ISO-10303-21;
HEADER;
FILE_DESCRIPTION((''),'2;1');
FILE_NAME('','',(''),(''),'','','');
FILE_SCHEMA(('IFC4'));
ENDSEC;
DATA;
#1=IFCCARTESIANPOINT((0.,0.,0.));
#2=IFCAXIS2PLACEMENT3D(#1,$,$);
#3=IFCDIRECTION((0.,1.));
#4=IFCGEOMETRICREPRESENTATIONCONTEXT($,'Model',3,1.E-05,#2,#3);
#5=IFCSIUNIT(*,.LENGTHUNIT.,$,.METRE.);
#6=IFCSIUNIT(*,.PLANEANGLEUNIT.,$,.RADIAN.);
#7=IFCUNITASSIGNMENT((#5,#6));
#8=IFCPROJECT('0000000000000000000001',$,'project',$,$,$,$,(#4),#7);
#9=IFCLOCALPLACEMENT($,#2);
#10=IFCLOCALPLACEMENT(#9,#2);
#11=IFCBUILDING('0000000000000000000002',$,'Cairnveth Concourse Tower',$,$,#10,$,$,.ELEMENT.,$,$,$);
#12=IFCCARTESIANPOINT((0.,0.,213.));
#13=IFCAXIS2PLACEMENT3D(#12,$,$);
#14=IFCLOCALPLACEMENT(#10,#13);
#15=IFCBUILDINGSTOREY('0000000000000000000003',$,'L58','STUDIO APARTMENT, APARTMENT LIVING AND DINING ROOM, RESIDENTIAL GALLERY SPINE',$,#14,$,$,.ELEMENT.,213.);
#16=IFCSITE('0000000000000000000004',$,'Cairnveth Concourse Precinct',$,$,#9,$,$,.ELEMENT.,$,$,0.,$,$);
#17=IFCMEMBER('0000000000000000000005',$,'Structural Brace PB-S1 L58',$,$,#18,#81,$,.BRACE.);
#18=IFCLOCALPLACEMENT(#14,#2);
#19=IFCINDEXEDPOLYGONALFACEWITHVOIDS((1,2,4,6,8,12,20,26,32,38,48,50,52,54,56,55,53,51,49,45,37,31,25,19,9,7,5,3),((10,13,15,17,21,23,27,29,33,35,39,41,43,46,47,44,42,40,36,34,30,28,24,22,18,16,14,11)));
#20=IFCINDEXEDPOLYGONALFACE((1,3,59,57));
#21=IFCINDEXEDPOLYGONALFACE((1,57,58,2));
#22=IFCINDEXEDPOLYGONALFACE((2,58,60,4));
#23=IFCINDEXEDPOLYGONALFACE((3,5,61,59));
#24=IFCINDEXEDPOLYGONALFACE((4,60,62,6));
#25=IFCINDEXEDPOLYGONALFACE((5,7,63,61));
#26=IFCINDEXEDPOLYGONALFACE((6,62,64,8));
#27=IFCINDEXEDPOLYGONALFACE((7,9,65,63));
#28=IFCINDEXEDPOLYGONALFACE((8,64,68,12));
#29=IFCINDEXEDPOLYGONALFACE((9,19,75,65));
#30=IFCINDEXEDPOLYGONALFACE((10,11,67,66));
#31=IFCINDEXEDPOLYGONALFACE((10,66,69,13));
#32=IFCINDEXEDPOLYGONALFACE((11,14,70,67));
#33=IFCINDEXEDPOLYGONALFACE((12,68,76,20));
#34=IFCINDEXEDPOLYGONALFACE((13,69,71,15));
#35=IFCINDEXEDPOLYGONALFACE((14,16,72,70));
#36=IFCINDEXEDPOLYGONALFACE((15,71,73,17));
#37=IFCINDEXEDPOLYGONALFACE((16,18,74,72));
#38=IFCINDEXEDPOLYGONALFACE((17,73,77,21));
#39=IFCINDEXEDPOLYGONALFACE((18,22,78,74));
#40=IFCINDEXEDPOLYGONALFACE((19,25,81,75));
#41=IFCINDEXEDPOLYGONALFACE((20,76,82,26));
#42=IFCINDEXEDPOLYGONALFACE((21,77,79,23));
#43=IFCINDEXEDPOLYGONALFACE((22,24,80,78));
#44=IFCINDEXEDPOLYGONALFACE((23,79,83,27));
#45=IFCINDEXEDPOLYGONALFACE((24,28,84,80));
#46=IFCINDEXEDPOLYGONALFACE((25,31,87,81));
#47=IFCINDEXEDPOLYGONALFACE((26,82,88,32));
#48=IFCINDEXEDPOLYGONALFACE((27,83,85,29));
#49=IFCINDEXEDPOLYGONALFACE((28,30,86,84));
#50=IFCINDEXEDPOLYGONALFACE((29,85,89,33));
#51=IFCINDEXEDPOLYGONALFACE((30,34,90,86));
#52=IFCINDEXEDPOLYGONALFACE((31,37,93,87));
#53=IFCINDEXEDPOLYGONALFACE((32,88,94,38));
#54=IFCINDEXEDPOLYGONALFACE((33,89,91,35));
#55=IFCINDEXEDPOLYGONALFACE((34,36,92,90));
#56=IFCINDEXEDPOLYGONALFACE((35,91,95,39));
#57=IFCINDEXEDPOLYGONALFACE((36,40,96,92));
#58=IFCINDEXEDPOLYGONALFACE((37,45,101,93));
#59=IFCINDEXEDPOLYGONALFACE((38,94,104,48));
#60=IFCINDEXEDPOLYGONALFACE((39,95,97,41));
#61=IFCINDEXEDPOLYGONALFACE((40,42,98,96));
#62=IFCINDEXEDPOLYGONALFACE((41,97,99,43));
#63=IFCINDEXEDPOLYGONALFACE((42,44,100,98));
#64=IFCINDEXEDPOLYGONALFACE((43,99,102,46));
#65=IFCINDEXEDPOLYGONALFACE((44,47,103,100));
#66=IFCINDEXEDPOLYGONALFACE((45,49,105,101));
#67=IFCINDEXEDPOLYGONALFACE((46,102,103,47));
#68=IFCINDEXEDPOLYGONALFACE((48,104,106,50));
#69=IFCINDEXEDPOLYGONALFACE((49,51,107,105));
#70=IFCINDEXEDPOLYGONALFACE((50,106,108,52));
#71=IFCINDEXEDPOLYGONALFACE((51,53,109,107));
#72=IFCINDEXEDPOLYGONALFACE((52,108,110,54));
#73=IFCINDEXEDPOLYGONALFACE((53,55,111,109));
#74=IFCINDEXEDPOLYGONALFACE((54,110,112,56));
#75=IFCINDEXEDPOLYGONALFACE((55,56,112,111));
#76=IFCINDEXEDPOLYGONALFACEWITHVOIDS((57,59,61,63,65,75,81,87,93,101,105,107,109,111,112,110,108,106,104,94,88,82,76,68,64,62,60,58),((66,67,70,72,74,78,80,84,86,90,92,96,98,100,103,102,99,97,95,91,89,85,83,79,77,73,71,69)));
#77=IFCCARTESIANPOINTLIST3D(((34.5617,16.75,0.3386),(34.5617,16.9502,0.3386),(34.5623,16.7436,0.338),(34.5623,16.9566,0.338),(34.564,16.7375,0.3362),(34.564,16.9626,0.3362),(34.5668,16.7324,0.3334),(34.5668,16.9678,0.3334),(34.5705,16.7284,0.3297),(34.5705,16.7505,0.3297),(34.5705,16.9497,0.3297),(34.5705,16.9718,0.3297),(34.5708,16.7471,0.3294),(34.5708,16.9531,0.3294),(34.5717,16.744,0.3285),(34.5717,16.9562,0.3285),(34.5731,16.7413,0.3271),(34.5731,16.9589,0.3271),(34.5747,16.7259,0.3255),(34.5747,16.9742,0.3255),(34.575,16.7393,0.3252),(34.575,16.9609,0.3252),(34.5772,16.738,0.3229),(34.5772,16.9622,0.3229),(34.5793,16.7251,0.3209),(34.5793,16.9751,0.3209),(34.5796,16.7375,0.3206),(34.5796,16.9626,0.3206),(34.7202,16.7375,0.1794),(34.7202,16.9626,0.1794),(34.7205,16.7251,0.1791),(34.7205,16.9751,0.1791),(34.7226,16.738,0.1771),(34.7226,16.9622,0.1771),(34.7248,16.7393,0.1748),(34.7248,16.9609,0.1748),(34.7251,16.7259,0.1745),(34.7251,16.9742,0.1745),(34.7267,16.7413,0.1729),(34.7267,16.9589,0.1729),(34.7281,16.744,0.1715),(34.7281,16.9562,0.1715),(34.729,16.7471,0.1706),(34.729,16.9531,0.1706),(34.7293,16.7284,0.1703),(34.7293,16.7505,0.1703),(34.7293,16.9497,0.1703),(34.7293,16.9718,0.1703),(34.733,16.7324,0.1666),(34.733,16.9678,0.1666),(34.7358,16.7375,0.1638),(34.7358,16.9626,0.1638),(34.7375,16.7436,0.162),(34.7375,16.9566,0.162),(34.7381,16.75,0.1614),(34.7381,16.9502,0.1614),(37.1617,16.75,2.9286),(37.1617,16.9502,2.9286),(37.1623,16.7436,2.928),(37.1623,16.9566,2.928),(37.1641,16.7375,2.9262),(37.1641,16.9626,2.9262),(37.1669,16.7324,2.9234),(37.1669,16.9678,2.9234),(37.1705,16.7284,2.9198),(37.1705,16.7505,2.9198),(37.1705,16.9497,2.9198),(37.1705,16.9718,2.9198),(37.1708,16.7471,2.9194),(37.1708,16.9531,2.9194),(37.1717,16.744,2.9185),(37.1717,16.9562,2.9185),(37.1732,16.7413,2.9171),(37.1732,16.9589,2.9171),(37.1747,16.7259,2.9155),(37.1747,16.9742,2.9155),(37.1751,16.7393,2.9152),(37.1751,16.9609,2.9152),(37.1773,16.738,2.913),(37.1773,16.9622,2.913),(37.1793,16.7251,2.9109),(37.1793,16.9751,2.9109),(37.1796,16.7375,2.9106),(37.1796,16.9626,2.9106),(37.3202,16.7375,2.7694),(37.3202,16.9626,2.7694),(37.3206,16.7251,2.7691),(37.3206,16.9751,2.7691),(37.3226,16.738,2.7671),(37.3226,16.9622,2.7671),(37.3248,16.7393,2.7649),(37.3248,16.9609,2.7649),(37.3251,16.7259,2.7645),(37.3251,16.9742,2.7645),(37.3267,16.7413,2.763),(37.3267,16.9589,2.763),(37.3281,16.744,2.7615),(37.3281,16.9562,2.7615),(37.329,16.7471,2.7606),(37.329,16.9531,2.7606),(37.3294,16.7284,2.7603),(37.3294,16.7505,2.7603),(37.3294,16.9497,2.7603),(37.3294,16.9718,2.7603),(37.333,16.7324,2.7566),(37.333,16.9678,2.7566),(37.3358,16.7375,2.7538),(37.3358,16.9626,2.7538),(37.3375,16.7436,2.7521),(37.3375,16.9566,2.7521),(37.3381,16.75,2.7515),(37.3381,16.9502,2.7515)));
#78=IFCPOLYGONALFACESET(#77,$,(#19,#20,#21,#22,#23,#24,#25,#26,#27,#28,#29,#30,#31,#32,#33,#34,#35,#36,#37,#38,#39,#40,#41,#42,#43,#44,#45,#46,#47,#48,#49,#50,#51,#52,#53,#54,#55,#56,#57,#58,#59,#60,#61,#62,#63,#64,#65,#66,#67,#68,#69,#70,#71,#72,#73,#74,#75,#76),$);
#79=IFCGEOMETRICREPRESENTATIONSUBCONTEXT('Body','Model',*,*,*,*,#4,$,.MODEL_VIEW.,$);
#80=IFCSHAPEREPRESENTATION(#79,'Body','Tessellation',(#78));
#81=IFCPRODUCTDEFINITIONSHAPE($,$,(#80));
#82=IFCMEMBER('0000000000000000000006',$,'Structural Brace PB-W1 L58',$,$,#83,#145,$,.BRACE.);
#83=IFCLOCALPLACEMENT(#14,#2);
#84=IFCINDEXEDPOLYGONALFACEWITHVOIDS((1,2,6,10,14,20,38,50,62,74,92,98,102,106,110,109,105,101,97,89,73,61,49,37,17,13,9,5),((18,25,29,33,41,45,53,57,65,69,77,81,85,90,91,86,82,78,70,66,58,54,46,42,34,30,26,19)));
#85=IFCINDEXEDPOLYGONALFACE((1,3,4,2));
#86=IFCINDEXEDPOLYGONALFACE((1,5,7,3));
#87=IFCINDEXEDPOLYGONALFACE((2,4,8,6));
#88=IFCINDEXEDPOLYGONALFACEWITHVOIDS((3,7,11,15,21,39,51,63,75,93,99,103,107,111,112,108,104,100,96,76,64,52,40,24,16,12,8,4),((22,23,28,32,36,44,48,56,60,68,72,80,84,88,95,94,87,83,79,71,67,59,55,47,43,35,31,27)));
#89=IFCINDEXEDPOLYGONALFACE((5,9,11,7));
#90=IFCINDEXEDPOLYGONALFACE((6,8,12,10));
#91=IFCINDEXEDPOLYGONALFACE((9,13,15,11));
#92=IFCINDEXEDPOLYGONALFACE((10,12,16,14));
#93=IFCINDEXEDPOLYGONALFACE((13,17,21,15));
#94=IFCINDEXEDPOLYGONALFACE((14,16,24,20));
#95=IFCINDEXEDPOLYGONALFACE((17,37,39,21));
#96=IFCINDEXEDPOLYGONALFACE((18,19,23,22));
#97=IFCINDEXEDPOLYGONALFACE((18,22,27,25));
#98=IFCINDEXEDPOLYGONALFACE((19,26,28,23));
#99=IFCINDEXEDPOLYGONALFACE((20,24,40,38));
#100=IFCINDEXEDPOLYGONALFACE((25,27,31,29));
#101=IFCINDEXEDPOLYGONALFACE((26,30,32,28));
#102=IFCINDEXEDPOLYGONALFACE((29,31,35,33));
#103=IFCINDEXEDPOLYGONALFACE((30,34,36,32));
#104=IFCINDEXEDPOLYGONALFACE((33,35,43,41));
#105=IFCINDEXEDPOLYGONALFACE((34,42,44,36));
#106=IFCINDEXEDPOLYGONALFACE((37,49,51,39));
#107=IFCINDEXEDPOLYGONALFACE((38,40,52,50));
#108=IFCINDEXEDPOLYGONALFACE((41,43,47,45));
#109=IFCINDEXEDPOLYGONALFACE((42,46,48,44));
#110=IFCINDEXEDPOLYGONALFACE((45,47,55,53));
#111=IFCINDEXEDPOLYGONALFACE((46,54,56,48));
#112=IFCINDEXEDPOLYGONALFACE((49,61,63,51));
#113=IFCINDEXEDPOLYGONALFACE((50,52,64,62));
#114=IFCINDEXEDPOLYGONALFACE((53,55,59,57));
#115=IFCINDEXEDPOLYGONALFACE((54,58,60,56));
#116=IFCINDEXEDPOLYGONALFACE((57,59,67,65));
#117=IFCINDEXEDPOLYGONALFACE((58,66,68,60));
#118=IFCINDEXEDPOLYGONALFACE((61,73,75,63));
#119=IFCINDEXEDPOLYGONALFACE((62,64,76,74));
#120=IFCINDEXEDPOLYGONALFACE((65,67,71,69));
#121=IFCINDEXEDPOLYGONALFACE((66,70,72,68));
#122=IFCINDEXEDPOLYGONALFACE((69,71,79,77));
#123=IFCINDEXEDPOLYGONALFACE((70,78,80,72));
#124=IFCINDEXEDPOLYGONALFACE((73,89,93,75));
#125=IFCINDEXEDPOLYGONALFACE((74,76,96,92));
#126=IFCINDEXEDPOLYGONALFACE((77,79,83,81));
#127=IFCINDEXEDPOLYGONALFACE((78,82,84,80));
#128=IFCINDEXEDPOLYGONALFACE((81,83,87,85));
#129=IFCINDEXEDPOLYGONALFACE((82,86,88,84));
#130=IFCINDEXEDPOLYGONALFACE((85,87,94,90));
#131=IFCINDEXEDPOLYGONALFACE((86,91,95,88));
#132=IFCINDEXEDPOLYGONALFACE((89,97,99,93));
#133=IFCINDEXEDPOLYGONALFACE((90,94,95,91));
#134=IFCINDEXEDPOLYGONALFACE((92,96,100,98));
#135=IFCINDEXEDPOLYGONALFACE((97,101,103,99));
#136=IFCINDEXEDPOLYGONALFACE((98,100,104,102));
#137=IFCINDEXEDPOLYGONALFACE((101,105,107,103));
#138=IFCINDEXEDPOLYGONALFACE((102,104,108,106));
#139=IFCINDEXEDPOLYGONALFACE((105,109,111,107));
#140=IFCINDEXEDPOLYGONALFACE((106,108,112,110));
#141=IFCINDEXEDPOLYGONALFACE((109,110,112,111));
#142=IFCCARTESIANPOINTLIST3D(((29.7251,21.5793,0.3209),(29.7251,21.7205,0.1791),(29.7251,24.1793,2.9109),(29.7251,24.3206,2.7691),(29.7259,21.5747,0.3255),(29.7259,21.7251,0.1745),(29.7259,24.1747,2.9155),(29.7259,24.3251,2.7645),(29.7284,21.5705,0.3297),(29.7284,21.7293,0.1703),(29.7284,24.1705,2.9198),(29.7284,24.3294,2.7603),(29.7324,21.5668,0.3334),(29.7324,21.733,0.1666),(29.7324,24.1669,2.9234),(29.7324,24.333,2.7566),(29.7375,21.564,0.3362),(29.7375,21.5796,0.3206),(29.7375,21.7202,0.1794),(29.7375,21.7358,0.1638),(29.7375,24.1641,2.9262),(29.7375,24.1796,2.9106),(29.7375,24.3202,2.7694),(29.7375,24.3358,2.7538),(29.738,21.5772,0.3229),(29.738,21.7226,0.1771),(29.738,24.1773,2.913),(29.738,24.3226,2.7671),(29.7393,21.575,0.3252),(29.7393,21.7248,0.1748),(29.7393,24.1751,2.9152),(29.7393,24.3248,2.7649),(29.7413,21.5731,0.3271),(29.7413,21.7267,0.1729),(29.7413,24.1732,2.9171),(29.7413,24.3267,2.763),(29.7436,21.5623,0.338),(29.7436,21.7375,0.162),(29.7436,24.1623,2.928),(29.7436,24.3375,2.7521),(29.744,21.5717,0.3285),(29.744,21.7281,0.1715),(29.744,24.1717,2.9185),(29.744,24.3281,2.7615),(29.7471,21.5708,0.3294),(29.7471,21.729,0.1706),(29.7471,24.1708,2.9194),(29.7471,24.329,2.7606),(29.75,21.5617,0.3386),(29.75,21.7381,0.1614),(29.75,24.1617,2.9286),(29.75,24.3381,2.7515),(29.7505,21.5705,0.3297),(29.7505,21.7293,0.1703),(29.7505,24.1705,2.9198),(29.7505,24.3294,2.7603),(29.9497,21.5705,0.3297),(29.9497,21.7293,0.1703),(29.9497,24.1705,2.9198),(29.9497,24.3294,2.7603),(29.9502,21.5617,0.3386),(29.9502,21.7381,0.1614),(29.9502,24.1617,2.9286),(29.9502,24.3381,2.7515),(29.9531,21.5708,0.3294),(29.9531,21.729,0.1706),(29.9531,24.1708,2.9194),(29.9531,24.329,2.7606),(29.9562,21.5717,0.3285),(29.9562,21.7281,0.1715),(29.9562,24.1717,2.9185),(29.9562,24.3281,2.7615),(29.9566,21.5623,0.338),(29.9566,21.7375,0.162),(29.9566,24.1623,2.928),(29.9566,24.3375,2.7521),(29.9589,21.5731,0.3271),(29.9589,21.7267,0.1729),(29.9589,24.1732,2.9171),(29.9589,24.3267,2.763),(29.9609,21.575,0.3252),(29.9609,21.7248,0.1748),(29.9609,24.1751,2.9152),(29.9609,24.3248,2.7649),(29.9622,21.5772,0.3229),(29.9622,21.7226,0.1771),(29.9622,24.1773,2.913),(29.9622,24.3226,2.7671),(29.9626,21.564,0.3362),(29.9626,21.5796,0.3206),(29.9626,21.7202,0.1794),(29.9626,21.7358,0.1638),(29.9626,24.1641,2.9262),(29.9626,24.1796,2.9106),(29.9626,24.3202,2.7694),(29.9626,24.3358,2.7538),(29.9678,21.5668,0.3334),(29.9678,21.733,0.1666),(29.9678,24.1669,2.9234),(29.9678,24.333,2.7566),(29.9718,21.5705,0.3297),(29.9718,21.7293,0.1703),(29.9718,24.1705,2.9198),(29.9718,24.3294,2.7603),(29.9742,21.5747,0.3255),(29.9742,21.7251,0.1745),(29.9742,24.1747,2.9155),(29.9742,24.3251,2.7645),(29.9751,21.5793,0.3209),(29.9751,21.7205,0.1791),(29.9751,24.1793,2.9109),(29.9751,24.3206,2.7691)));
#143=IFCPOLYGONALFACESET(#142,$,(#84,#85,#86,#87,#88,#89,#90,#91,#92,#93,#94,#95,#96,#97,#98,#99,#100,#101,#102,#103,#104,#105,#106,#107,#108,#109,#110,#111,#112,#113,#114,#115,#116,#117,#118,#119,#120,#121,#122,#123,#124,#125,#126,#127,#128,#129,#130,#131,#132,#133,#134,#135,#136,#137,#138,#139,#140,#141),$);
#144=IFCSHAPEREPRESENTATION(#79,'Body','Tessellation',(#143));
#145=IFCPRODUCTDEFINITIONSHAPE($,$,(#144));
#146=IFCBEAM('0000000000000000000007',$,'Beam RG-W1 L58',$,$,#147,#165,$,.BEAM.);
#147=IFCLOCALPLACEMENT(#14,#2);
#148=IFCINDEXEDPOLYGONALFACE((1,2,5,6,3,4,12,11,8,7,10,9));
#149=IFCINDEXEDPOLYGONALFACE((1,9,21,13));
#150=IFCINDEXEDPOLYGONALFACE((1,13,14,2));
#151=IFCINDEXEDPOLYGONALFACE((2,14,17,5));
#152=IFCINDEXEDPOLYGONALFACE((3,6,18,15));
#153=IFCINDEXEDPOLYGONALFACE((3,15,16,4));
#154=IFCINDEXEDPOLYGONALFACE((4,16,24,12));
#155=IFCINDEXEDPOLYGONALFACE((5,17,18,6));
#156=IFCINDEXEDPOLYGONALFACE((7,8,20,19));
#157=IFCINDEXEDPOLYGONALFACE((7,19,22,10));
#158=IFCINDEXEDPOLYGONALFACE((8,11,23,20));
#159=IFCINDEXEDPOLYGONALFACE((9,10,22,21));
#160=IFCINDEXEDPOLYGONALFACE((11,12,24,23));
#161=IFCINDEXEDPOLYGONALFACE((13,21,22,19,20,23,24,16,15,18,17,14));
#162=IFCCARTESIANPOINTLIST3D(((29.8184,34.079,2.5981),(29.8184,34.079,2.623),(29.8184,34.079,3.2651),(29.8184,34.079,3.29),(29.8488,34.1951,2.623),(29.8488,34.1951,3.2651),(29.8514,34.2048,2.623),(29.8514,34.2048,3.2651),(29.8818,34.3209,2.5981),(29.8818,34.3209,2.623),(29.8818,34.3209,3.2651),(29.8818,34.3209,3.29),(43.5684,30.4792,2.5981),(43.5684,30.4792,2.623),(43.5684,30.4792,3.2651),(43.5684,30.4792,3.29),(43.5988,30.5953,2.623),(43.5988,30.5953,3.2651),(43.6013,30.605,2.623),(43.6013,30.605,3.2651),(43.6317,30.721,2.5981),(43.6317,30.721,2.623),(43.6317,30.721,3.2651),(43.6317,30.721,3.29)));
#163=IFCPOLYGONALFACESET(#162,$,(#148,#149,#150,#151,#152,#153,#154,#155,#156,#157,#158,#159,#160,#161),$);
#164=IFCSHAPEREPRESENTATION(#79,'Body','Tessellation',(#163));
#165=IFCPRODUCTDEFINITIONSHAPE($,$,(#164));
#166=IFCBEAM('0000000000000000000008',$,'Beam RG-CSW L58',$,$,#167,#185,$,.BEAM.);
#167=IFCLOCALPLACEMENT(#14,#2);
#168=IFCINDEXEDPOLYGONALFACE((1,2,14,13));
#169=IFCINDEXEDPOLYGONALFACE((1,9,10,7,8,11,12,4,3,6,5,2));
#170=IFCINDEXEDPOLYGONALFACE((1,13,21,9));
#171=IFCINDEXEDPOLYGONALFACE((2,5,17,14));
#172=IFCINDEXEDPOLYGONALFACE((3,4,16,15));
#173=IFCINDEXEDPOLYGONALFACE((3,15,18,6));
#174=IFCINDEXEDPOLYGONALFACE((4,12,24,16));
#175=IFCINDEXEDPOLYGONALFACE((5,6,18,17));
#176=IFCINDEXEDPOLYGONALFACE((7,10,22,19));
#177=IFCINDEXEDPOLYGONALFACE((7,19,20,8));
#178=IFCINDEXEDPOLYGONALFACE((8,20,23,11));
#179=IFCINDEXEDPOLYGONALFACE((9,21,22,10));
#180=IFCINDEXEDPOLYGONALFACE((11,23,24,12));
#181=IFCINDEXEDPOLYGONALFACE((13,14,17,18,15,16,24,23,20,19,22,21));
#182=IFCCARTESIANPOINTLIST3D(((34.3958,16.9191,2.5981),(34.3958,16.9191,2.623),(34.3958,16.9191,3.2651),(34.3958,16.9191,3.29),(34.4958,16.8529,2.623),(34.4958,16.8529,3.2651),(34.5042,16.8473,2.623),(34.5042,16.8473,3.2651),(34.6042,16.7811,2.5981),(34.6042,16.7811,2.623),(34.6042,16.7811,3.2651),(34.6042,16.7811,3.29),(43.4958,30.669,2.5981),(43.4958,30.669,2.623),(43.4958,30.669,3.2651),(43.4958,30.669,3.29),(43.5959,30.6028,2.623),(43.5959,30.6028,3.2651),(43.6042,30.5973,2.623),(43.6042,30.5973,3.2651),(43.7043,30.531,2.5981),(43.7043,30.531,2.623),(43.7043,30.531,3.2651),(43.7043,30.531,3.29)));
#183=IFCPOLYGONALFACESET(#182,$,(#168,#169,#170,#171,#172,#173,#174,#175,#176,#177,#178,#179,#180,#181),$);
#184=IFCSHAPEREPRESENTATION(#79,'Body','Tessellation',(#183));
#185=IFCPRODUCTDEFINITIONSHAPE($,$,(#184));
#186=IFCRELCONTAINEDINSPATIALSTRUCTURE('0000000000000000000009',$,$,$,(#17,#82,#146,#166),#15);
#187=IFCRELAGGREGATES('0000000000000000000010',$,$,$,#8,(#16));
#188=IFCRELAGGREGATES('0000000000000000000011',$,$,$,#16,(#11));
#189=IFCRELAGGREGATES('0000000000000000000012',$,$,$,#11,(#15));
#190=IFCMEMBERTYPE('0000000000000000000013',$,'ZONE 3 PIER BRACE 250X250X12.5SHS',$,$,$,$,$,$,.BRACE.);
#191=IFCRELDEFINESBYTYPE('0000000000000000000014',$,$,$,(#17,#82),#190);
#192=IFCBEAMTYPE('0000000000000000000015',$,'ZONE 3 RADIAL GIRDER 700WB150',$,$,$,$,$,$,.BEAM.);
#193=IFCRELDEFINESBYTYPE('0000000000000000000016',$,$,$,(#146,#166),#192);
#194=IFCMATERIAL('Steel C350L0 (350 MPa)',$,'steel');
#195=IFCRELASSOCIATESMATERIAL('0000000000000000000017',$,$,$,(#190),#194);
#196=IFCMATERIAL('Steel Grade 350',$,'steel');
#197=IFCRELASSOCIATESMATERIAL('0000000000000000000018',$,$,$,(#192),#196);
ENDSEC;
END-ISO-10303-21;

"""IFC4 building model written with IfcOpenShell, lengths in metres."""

from ifc_helpers import new_model, si_unit, direction, frame, origin, origin_2d, place, context, subcontext, project, spatial, hollow_rectangle, i_section, extrude, material, material_profile, profile_set, type_object, element, save


model = new_model("IFC4")

# Units and contexts
model_context = context("Model", 3, precision=1e-05, world=origin(), true_north=direction((0.0, 1.0)))
body_context = subcontext(model_context, "Body", "Model", "MODEL_VIEW")
ifc_project = project(units=[si_unit("LENGTHUNIT", "METRE"), si_unit("PLANEANGLEUNIT", "RADIAN")], contexts=[model_context])

# Site, building, storey
site_placement = place(None, origin())
site = spatial("IfcSite", under=ifc_project, at=site_placement, Name="Cairnveth Concourse Precinct", CompositionType="ELEMENT", RefElevation=0.0)
building_placement = place(site_placement, origin())
building = spatial("IfcBuilding", under=site, at=building_placement, Name="Cairnveth Concourse Tower", CompositionType="ELEMENT")
storey_placement = place(building_placement, frame((0.0, 0.0, 213.0)))
storey = spatial("IfcBuildingStorey", under=building, at=storey_placement, Name="L58", Description="STUDIO APARTMENT, APARTMENT LIVING AND DINING ROOM, RESIDENTIAL GALLERY SPINE", CompositionType="ELEMENT", Elevation=213.0)

# Shared definitions
ifc_material_1 = material(Name="Steel Grade 350", Category="steel")

# Members
ifc_material_2 = material(Name="Steel C350L0 (350 MPa)", Category="steel")
ifc_material_profile_1 = material_profile(ifc_material_2, hollow_rectangle(XDim=0.25, YDim=0.25, WallThickness=0.0125, InnerFilletRadius=0.0129, OuterFilletRadius=0.0249, at=origin_2d()), Name="250x250x12.5SHS")
ifc_profile_set_1 = profile_set([ifc_material_profile_1], Name="Steel C350L0 (350 MPa)")
member_type = type_object("IfcMemberType", Name="ZONE 3 PIER BRACE 250X250X12.5SHS", PredefinedType="BRACE", material=ifc_profile_set_1)
for number, where, z_axis, x_axis, name in (
    (1, (34.6499, 16.8501, 0.25), (0.708469, 0.0, 0.705742), (0.0, 1.0, 0.0), "Structural Brace PB-S1 L58"),
    (2, (29.8501, 21.6499, 0.25), (0.0, 0.708469, 0.705742), (-1.0, 0.0, 0.0), "Structural Brace PB-W1 L58"),
):
    element("IfcMember", number, at=place(storey_placement, frame(where, z_axis=z_axis, x_axis=x_axis)), inside=storey, type_object=member_type, Name=name, PredefinedType="BRACE", context=body_context, shape_type="SweptSolid", body=[
        extrude(hollow_rectangle(XDim=0.25, YDim=0.25, WallThickness=0.0125, InnerFilletRadius=0.0129, OuterFilletRadius=0.0249, at=origin_2d()), origin(), (0.0, 0.0, 1.0), 3.6699),
    ])

# Beams
ifc_material_profile_2 = material_profile(ifc_material_1, i_section(OverallWidth=0.25, OverallDepth=0.6919, WebThickness=0.01, FlangeThickness=0.0249, at=origin_2d()), Name="700WB150")
ifc_profile_set_2 = profile_set([ifc_material_profile_2], Name="Steel Grade 350")
beam_type_1 = type_object("IfcBeamType", Name="ZONE 3 RADIAL GIRDER 700WB150", PredefinedType="BEAM", material=ifc_profile_set_2)
beam_1_placement = place(storey_placement, frame((29.8501, 34.2, 2.9441), z_axis=(0.967395, -0.253271, 0.0), x_axis=(0.253271, 0.967395, 0.0)))
element("IfcBeam", 3, at=beam_1_placement, inside=storey, type_object=beam_type_1, Name="Beam RG-W1 L58", PredefinedType="BEAM", context=body_context, shape_type="SweptSolid", body=[
    extrude(i_section(OverallWidth=0.25, OverallDepth=0.6919, WebThickness=0.01, FlangeThickness=0.0249, at=origin_2d()), origin(), (0.0, 0.0, 1.0), 14.2134),
])
beam_2_placement = place(storey_placement, frame((34.5, 16.8501, 2.9441), z_axis=(0.551902, 0.833909, 0.0), x_axis=(-0.833909, 0.551902, 0.0)))
element("IfcBeam", 4, at=beam_2_placement, inside=storey, type_object=beam_type_1, Name="Beam RG-CSW L58", PredefinedType="BEAM", context=body_context, shape_type="SweptSolid", body=[
    extrude(i_section(OverallWidth=0.25, OverallDepth=0.6919, WebThickness=0.01, FlangeThickness=0.0249, at=origin_2d()), origin(), (0.0, 0.0, 1.0), 16.4885),
])

save(model, "model.ifc")
